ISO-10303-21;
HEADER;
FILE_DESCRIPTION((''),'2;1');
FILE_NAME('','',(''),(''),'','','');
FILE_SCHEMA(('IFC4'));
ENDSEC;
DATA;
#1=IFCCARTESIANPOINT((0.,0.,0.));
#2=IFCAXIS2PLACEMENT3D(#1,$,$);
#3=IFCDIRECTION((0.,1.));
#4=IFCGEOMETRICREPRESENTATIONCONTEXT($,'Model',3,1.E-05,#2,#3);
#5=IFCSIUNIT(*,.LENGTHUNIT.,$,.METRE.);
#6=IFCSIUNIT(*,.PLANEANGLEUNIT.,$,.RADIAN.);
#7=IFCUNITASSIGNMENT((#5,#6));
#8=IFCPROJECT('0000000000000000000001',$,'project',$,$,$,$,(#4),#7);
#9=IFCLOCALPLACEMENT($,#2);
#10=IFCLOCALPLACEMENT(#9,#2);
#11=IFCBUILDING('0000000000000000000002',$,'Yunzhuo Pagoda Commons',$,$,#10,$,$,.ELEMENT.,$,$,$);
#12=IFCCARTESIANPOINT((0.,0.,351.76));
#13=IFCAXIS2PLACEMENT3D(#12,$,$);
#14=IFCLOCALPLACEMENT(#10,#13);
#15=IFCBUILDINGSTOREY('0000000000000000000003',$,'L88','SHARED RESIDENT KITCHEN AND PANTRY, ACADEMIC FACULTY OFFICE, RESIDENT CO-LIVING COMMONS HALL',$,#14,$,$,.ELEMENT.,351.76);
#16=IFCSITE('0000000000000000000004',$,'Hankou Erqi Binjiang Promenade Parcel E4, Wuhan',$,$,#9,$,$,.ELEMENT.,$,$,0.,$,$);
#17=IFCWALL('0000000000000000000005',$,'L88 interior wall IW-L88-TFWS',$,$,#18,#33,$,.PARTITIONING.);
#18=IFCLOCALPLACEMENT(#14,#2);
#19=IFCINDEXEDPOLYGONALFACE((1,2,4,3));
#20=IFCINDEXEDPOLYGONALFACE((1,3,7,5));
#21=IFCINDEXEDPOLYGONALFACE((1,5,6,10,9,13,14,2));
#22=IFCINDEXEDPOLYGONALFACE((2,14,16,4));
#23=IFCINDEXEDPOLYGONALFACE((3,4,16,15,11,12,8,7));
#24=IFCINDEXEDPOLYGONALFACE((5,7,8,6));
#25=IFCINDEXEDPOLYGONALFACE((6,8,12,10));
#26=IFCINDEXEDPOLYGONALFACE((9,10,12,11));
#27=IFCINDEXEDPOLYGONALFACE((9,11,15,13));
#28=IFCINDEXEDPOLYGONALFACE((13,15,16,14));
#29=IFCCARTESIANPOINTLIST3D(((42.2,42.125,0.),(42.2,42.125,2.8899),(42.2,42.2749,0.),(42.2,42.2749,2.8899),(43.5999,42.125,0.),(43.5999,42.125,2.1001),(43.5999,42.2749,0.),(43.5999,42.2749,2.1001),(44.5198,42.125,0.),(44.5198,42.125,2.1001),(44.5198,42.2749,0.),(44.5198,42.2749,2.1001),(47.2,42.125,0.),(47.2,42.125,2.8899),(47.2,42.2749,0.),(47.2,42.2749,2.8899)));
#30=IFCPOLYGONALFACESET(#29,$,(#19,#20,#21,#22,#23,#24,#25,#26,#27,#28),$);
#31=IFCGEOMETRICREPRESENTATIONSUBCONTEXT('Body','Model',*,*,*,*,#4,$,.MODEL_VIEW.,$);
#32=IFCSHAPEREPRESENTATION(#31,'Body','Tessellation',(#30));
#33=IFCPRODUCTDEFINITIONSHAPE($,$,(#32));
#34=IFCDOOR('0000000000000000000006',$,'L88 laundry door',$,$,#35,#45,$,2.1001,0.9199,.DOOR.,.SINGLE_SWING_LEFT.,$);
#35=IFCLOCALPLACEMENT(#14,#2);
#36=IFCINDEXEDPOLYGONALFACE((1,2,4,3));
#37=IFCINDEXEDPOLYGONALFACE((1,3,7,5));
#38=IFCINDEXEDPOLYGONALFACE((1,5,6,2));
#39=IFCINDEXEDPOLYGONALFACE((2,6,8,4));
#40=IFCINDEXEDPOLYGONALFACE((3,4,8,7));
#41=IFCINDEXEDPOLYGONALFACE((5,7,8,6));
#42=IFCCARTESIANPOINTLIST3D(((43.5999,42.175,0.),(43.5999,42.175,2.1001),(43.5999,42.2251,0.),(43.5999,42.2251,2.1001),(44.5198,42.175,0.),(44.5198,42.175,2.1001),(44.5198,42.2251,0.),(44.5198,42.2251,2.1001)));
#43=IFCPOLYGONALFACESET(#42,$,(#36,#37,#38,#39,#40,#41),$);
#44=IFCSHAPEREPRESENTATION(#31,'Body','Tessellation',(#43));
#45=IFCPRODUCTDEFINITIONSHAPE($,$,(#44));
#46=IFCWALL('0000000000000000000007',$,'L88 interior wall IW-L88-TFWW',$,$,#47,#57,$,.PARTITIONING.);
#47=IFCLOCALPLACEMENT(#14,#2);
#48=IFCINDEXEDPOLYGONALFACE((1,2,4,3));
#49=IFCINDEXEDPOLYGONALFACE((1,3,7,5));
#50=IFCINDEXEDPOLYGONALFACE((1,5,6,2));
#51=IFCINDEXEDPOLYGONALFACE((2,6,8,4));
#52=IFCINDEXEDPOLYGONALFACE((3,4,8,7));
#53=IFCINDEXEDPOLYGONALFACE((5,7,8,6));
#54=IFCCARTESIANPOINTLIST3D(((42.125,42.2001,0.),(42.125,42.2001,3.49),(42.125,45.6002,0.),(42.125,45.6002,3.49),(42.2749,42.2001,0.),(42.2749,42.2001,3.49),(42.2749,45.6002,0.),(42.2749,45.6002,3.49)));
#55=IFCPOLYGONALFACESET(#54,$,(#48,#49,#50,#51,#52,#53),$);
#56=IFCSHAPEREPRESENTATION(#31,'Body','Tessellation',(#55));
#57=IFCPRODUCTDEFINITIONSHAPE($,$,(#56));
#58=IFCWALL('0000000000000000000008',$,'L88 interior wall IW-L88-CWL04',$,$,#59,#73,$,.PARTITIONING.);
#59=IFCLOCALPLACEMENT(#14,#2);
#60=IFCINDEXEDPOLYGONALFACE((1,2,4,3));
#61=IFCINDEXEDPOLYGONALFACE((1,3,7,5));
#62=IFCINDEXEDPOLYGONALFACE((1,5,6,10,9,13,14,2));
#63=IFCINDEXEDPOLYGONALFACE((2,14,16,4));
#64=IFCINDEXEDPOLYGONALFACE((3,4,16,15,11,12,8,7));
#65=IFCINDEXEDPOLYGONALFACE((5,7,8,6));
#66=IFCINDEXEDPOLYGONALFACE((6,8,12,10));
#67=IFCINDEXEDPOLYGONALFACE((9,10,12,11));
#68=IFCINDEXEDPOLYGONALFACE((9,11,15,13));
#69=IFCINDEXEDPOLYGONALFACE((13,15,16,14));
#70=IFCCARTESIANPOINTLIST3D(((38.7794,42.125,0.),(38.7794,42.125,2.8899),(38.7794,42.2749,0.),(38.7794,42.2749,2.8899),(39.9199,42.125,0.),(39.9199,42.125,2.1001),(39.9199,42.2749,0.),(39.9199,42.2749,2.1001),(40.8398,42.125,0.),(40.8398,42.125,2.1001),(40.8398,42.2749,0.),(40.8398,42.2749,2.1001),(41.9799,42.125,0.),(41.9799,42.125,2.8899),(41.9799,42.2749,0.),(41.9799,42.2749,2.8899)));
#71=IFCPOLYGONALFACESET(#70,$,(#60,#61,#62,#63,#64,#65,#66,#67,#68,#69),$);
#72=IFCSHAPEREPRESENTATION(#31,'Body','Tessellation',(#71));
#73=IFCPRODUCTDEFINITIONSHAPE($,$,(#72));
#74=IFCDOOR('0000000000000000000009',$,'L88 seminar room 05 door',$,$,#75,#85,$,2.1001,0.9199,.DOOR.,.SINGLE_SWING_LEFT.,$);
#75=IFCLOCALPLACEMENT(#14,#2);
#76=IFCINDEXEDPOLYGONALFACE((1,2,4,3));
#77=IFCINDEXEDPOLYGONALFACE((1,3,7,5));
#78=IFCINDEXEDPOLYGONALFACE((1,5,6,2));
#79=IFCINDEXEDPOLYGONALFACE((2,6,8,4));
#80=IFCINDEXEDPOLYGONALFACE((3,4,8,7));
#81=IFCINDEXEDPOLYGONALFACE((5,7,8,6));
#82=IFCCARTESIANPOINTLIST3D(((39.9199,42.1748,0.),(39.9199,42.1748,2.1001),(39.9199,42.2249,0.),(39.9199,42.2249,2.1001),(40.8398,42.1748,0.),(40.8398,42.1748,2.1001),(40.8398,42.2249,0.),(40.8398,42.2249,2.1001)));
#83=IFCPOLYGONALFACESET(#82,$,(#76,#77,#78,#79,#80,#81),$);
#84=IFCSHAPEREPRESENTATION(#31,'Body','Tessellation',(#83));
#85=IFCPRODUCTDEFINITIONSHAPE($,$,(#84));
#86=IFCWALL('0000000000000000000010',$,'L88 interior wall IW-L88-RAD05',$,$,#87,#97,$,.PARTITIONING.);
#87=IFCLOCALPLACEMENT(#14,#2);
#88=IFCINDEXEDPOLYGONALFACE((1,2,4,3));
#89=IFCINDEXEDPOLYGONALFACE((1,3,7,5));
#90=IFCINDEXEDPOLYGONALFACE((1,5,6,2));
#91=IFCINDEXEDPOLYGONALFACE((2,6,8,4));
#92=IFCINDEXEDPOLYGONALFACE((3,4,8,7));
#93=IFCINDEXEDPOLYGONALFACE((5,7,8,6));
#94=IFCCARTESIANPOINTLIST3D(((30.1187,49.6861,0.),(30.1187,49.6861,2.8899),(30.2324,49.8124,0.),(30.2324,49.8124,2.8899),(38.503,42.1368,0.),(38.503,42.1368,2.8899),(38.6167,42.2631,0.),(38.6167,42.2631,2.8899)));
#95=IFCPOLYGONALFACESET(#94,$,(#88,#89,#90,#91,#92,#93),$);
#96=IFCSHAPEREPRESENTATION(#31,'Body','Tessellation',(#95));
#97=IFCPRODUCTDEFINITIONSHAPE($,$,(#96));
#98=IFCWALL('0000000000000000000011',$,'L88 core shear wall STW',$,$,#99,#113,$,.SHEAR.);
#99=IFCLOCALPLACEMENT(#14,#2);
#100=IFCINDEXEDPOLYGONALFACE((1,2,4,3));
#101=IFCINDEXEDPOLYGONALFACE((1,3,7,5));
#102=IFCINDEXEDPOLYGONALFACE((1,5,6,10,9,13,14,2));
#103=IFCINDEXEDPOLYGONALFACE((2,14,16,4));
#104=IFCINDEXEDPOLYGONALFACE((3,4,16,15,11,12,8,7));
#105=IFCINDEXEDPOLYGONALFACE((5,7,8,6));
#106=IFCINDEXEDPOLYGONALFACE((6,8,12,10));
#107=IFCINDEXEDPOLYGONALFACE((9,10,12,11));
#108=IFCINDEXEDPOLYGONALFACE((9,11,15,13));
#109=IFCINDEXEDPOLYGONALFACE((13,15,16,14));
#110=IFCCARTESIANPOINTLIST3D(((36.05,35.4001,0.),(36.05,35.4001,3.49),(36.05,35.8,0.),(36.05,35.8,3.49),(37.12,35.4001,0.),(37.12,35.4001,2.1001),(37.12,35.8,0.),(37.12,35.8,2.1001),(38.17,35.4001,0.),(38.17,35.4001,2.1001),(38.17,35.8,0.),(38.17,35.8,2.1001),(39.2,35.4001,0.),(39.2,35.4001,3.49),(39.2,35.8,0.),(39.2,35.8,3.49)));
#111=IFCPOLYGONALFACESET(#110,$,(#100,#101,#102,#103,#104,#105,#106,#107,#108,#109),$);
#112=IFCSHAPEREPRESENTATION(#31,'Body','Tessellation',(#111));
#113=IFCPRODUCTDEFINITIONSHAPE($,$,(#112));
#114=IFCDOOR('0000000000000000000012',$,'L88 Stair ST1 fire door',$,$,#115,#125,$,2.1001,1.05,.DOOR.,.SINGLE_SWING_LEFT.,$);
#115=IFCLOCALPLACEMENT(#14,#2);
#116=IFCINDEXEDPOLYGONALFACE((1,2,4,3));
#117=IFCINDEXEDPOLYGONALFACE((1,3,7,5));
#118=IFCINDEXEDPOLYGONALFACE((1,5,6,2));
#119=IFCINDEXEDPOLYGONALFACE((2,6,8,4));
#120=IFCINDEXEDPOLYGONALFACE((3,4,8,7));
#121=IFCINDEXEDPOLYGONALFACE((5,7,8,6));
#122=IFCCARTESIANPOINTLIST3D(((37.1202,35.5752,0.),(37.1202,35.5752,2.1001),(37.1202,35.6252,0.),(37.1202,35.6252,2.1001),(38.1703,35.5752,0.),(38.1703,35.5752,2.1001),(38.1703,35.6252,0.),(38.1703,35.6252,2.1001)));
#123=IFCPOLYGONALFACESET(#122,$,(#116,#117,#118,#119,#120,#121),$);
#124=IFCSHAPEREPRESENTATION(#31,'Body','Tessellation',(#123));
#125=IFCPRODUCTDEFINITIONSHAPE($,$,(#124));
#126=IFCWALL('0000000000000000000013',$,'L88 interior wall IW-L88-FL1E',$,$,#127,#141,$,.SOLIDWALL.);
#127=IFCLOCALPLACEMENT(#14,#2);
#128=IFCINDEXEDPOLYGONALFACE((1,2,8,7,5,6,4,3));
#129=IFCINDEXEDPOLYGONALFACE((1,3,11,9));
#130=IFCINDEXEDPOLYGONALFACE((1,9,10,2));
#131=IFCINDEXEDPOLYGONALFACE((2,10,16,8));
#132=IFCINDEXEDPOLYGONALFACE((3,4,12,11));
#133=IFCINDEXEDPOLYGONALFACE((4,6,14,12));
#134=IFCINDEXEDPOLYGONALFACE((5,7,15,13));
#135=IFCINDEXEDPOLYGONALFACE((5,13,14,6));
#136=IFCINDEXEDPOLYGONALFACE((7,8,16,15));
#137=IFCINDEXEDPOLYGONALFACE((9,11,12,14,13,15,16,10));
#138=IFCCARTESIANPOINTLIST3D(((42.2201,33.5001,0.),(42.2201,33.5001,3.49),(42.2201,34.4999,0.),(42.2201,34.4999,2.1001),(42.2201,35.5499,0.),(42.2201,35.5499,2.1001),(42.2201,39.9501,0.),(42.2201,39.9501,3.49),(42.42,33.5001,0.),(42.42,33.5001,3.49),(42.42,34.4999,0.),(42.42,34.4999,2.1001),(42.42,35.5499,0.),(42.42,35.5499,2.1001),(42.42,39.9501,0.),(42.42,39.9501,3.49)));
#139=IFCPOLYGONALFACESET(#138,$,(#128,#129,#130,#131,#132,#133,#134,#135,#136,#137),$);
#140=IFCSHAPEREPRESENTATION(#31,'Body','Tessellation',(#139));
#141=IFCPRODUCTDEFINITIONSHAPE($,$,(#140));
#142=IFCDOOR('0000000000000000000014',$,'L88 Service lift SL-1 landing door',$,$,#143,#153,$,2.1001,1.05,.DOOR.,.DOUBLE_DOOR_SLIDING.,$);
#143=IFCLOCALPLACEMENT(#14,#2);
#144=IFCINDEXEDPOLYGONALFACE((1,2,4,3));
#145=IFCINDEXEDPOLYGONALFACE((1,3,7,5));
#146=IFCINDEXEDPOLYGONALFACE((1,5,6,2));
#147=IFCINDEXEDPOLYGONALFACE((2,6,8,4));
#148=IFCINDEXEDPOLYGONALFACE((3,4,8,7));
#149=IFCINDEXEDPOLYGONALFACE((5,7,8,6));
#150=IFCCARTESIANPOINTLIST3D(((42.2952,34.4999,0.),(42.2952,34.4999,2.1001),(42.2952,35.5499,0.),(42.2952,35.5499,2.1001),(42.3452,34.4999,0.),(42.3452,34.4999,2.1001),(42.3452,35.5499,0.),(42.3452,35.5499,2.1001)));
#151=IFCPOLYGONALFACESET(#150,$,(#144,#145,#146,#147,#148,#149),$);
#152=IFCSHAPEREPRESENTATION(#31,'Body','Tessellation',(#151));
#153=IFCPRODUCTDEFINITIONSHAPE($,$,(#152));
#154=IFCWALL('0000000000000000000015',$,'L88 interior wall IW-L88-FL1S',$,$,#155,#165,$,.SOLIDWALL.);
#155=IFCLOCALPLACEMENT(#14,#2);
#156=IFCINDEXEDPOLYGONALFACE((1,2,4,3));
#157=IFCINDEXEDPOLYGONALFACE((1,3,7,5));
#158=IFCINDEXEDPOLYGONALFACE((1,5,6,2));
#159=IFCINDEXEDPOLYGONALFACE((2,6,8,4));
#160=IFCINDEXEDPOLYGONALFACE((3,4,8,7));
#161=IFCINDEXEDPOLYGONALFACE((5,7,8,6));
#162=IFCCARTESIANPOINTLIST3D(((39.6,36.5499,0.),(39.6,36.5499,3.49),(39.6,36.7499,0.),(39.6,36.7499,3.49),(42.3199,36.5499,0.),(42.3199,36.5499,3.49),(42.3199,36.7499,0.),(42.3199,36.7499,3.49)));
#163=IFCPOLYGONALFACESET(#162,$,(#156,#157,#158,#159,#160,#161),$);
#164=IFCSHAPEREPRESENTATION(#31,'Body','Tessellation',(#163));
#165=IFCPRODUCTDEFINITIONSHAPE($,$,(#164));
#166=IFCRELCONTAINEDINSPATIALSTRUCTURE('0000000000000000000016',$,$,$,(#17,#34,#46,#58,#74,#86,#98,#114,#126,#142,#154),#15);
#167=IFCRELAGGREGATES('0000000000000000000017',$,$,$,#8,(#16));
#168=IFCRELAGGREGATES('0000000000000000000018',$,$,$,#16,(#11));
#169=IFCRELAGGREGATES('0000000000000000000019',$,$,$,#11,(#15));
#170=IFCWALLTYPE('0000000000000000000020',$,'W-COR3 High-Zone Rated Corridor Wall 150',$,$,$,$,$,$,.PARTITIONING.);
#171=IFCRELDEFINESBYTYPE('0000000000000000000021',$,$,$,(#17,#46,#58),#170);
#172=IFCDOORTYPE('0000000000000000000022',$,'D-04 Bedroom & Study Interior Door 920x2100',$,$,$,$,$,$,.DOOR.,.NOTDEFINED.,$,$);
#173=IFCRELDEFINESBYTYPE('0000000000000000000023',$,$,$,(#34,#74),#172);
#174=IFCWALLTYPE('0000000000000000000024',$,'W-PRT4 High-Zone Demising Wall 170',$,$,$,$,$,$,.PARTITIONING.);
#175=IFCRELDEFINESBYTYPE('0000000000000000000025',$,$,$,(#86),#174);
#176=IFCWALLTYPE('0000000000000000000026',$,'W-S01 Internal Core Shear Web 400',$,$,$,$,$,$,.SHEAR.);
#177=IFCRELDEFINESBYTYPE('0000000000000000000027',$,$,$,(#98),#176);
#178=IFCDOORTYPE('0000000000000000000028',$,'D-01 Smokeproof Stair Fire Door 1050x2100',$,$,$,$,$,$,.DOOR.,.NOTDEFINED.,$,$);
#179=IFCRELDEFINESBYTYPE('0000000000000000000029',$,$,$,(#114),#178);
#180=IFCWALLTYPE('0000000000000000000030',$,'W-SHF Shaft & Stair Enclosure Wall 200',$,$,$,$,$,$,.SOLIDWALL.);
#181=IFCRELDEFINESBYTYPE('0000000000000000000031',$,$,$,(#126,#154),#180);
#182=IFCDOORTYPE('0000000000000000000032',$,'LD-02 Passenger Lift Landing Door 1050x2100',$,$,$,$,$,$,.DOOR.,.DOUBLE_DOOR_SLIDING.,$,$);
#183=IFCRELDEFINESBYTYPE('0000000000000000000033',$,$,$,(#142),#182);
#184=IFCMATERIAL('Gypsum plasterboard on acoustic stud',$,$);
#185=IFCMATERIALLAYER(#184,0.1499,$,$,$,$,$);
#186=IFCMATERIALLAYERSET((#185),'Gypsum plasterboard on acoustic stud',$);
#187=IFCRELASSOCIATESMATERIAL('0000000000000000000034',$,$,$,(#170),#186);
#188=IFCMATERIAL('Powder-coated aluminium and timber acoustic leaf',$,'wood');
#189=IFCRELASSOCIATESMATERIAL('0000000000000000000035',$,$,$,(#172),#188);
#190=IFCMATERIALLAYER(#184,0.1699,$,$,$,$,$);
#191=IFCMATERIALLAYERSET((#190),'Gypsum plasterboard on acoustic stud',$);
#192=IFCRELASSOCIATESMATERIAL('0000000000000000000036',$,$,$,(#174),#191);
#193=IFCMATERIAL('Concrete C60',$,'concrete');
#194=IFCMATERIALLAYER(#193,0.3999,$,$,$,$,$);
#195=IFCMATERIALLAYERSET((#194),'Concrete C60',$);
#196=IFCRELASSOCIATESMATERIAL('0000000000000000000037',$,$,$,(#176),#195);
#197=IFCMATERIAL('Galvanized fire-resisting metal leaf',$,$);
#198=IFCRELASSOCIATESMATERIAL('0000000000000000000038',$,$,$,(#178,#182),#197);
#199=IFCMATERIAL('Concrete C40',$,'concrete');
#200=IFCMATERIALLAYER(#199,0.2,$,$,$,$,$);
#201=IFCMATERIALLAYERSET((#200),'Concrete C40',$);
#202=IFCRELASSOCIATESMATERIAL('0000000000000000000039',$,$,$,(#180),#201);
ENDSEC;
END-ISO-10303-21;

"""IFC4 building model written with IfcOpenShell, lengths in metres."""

from ifc_helpers import new_model, si_unit, direction, frame, frame_2d, origin, origin_with_axes, place, context, subcontext, project, spatial, rectangle, extrude, source, transform, mapped, material, layer, layer_set, type_object, element, fill, save


model = new_model("IFC4")

# Units and contexts
model_context = context("Model", 3, precision=1e-05, world=origin(), true_north=direction((0.0, 1.0)))
body_context = subcontext(model_context, "Body", "Model", "MODEL_VIEW")
ifc_project = project(units=[si_unit("LENGTHUNIT", "METRE"), si_unit("PLANEANGLEUNIT", "RADIAN")], contexts=[model_context])

# Site, building, storey
site_placement = place(None, origin())
site = spatial("IfcSite", under=ifc_project, at=site_placement, Name="Hankou Erqi Binjiang Promenade Parcel E4, Wuhan", CompositionType="ELEMENT", RefElevation=0.0)
building_placement = place(site_placement, origin())
building = spatial("IfcBuilding", under=site, at=building_placement, Name="Yunzhuo Pagoda Commons", CompositionType="ELEMENT")
storey_placement = place(building_placement, frame((0.0, 0.0, 351.76)))
storey = spatial("IfcBuildingStorey", under=building, at=storey_placement, Name="L88", Description="SHARED RESIDENT KITCHEN AND PANTRY, ACADEMIC FACULTY OFFICE, RESIDENT CO-LIVING COMMONS HALL", CompositionType="ELEMENT", Elevation=351.76)

# Wall, opening, door
ifc_material_1 = material(Name="Galvanized fire-resisting metal leaf")
shared_shape_1 = source(origin(), body_context, "Body", "SweptSolid", [
    extrude(rectangle(XDim=1.05, YDim=2.1001, at=frame_2d((0.5249, 1.05))), frame((0.0, 0.0249, 0.0), z_axis=(0.0, -1.0, 0.0), x_axis=(1.0, 0.0, 0.0)), (0.0, 0.0, 1.0), 0.05),
])
ifc_material_2 = material(Name="Gypsum plasterboard on acoustic stud")
ifc_layer_1 = layer(ifc_material_2, 0.1499)
ifc_layer_set_1 = layer_set([ifc_layer_1], Name="Gypsum plasterboard on acoustic stud")
wall_type_1 = type_object("IfcWallType", Name="W-COR3 High-Zone Rated Corridor Wall 150", PredefinedType="PARTITIONING", material=ifc_layer_set_1)
wall_1_placement = place(storey_placement, frame((42.2, 42.2, 0.0), z_axis=(0.0, 0.0, 1.0), x_axis=(1.0, 0.0, 0.0)))
wall_1 = element("IfcWall", 1, at=wall_1_placement, inside=storey, type_object=wall_type_1, Name="L88 interior wall IW-L88-TFWS", PredefinedType="PARTITIONING", context=body_context, shape_type="SweptSolid", body=[
    extrude(rectangle(XDim=5.0, YDim=0.1499, at=frame_2d((2.5, 0.0))), origin(), (0.0, 0.0, 1.0), 2.8899),
])
opening_1_placement = place(wall_1_placement, frame((1.3999, 0.0, 0.0)))
opening_1 = element("IfcOpeningElement", 2, at=opening_1_placement, cuts=wall_1, PredefinedType="OPENING", context=body_context, shape_type="SweptSolid", body=[
    extrude(rectangle(XDim=0.9199, YDim=2.1001, at=frame_2d((0.46, 1.05))), frame((0.0, 0.085, 0.0), z_axis=(0.0, -1.0, 0.0), x_axis=(1.0, 0.0, 0.0)), (0.0, 0.0, 1.0), 0.1699),
])
ifc_material_3 = material(Name="Powder-coated aluminium and timber acoustic leaf", Category="wood")
door_type_1 = type_object("IfcDoorType", Name="D-04 Bedroom & Study Interior Door 920x2100", OperationType="NOTDEFINED", PredefinedType="DOOR", material=ifc_material_3)
shared_shape_2 = source(origin(), body_context, "Body", "SweptSolid", [
    extrude(rectangle(XDim=0.9199, YDim=2.1001, at=frame_2d((0.46, 1.05))), frame((0.0, 0.0249, 0.0), z_axis=(0.0, -1.0, 0.0), x_axis=(1.0, 0.0, 0.0)), (0.0, 0.0, 1.0), 0.05),
])
door_1_placement = place(opening_1_placement, frame((0.9199, 0.0, 0.0), z_axis=(0.0, 0.0, 1.0), x_axis=(-1.0, 0.0, 0.0)))
door_1 = element("IfcDoor", 3, at=door_1_placement, inside=storey, type_object=door_type_1, Name="L88 laundry door", OperationType="SINGLE_SWING_LEFT", OverallHeight=2.1001, OverallWidth=0.9199, PredefinedType="DOOR", context=body_context, shape_type="MappedRepresentation", body=[
    mapped(shared_shape_2, transform((0.0, 0.0, 0.0), scale=1.0)),
])
fill(opening_1, door_1)

# Wall
wall_2_placement = place(storey_placement, frame((42.2, 42.2, 0.0), z_axis=(0.0, 0.0, 1.0), x_axis=(0.0, 1.0, 0.0)))
element("IfcWall", 4, at=wall_2_placement, inside=storey, type_object=wall_type_1, Name="L88 interior wall IW-L88-TFWW", PredefinedType="PARTITIONING", context=body_context, shape_type="SweptSolid", body=[
    extrude(rectangle(XDim=3.4001, YDim=0.1499, at=frame_2d((1.7002, 0.0))), origin(), (0.0, 0.0, 1.0), 3.49),
])

# Wall, opening, door
wall_3_placement = place(storey_placement, frame((38.7795, 42.2, 0.0), z_axis=(0.0, 0.0, 1.0), x_axis=(1.0, 0.0, 0.0)))
wall_3 = element("IfcWall", 5, at=wall_3_placement, inside=storey, type_object=wall_type_1, Name="L88 interior wall IW-L88-CWL04", PredefinedType="PARTITIONING", context=body_context, shape_type="SweptSolid", body=[
    extrude(rectangle(XDim=3.2004, YDim=0.1499, at=frame_2d((1.6001, 0.0))), origin(), (0.0, 0.0, 1.0), 2.8899),
])
opening_2_placement = place(wall_3_placement, frame((1.1404, 0.0, 0.0)))
opening_2 = element("IfcOpeningElement", 6, at=opening_2_placement, cuts=wall_3, PredefinedType="OPENING", context=body_context, shape_type="SweptSolid", body=[
    extrude(rectangle(XDim=0.9199, YDim=2.1001, at=frame_2d((0.46, 1.05))), frame((0.0, 0.085, 0.0), z_axis=(0.0, -1.0, 0.0), x_axis=(1.0, 0.0, 0.0)), (0.0, 0.0, 1.0), 0.1699),
])
door_2_placement = place(opening_2_placement, origin_with_axes())
door_2 = element("IfcDoor", 7, at=door_2_placement, inside=storey, type_object=door_type_1, Name="L88 seminar room 05 door", OperationType="SINGLE_SWING_LEFT", OverallHeight=2.1001, OverallWidth=0.9199, PredefinedType="DOOR", context=body_context, shape_type="MappedRepresentation", body=[
    mapped(shared_shape_2, transform((0.0, 0.0, 0.0), scale=1.0)),
])
fill(opening_2, door_2)

# Wall
ifc_layer_2 = layer(ifc_material_2, 0.1699)
ifc_layer_set_2 = layer_set([ifc_layer_2], Name="Gypsum plasterboard on acoustic stud")
wall_type_2 = type_object("IfcWallType", Name="W-PRT4 High-Zone Demising Wall 170", PredefinedType="PARTITIONING", material=ifc_layer_set_2)
wall_4_placement = place(storey_placement, frame((38.5598, 42.2, 0.0), z_axis=(0.0, 0.0, 1.0), x_axis=(-0.743141, 0.669134, 0.0)))
element("IfcWall", 8, at=wall_4_placement, inside=storey, type_object=wall_type_2, Name="L88 interior wall IW-L88-RAD05", PredefinedType="PARTITIONING", context=body_context, shape_type="SweptSolid", body=[
    extrude(rectangle(XDim=11.2822, YDim=0.1699, at=frame_2d((5.6411, 0.0))), origin(), (0.0, 0.0, 1.0), 2.8899),
])

# Walls, openings, doors
ifc_material_4 = material(Name="Concrete C60", Category="concrete")
ifc_layer_3 = layer(ifc_material_4, 0.3999)
ifc_layer_set_3 = layer_set([ifc_layer_3], Name="Concrete C60")
wall_type_3 = type_object("IfcWallType", Name="W-S01 Internal Core Shear Web 400", PredefinedType="SHEAR", material=ifc_layer_set_3)
wall_5_placement = place(storey_placement, frame((36.05, 35.6001, 0.0), z_axis=(0.0, 0.0, 1.0), x_axis=(1.0, 0.0, 0.0)))
wall_5 = element("IfcWall", 9, at=wall_5_placement, inside=storey, type_object=wall_type_3, Name="L88 core shear wall STW", PredefinedType="SHEAR", context=body_context, shape_type="SweptSolid", body=[
    extrude(rectangle(XDim=3.1499, YDim=0.3999, at=frame_2d((1.575, 0.0))), origin(), (0.0, 0.0, 1.0), 3.49),
])
opening_3_placement = place(wall_5_placement, frame((1.0701, 0.0, 0.0)))
opening_3 = element("IfcOpeningElement", 10, at=opening_3_placement, cuts=wall_5, PredefinedType="OPENING", context=body_context, shape_type="SweptSolid", body=[
    extrude(rectangle(XDim=1.05, YDim=2.1001, at=frame_2d((0.5249, 1.05))), frame((0.0, 0.21, 0.0), z_axis=(0.0, -1.0, 0.0), x_axis=(1.0, 0.0, 0.0)), (0.0, 0.0, 1.0), 0.4199),
])
door_type_2 = type_object("IfcDoorType", Name="D-01 Smokeproof Stair Fire Door 1050x2100", OperationType="NOTDEFINED", PredefinedType="DOOR", material=ifc_material_1)
door_3_placement = place(opening_3_placement, frame((1.05, 0.0, 0.0), z_axis=(0.0, 0.0, 1.0), x_axis=(-1.0, 0.0, 0.0)))
door_3 = element("IfcDoor", 11, at=door_3_placement, inside=storey, type_object=door_type_2, Name="L88 Stair ST1 fire door", OperationType="SINGLE_SWING_LEFT", OverallHeight=2.1001, OverallWidth=1.05, PredefinedType="DOOR", context=body_context, shape_type="MappedRepresentation", body=[
    mapped(shared_shape_1, transform((0.0, 0.0, 0.0), scale=1.0)),
])
fill(opening_3, door_3)
ifc_material_5 = material(Name="Concrete C40", Category="concrete")
ifc_layer_4 = layer(ifc_material_5, 0.2)
ifc_layer_set_4 = layer_set([ifc_layer_4], Name="Concrete C40")
wall_type_4 = type_object("IfcWallType", Name="W-SHF Shaft & Stair Enclosure Wall 200", PredefinedType="SOLIDWALL", material=ifc_layer_set_4)
wall_6_placement = place(storey_placement, frame((42.3201, 33.5, 0.0), z_axis=(0.0, 0.0, 1.0), x_axis=(0.0, 1.0, 0.0)))
wall_6 = element("IfcWall", 12, at=wall_6_placement, inside=storey, type_object=wall_type_4, Name="L88 interior wall IW-L88-FL1E", PredefinedType="SOLIDWALL", context=body_context, shape_type="SweptSolid", body=[
    extrude(rectangle(XDim=6.45, YDim=0.2, at=frame_2d((3.2251, 0.0))), origin(), (0.0, 0.0, 1.0), 3.49),
])
opening_4_placement = place(wall_6_placement, frame((1.0, 0.0, 0.0)))
opening_4 = element("IfcOpeningElement", 13, at=opening_4_placement, cuts=wall_6, PredefinedType="OPENING", context=body_context, shape_type="SweptSolid", body=[
    extrude(rectangle(XDim=1.05, YDim=2.1001, at=frame_2d((0.5249, 1.05))), frame((0.0, 0.1099, 0.0), z_axis=(0.0, -1.0, 0.0), x_axis=(1.0, 0.0, 0.0)), (0.0, 0.0, 1.0), 0.22),
])
door_type_3 = type_object("IfcDoorType", Name="LD-02 Passenger Lift Landing Door 1050x2100", OperationType="DOUBLE_DOOR_SLIDING", PredefinedType="DOOR", material=ifc_material_1)
door_4_placement = place(opening_4_placement, origin_with_axes())
door_4 = element("IfcDoor", 14, at=door_4_placement, inside=storey, type_object=door_type_3, Name="L88 Service lift SL-1 landing door", OperationType="DOUBLE_DOOR_SLIDING", OverallHeight=2.1001, OverallWidth=1.05, PredefinedType="DOOR", context=body_context, shape_type="MappedRepresentation", body=[
    mapped(shared_shape_1, transform((0.0, 0.0, 0.0), scale=1.0)),
])
fill(opening_4, door_4)

# Wall
for number, where, z_axis, x_axis, name in (
    (15, (39.6001, 36.6499, 0.0), (0.0, 0.0, 1.0), (1.0, 0.0, 0.0), "L88 interior wall IW-L88-FL1S"),
):
    element("IfcWall", number, at=place(storey_placement, frame(where, z_axis=z_axis, x_axis=x_axis)), inside=storey, type_object=wall_type_4, Name=name, PredefinedType="SOLIDWALL", context=body_context, shape_type="SweptSolid", body=[
        extrude(rectangle(XDim=2.72, YDim=0.2, at=frame_2d((1.3599, 0.0))), origin(), (0.0, 0.0, 1.0), 3.49),
    ])

save(model, "model.ifc")
